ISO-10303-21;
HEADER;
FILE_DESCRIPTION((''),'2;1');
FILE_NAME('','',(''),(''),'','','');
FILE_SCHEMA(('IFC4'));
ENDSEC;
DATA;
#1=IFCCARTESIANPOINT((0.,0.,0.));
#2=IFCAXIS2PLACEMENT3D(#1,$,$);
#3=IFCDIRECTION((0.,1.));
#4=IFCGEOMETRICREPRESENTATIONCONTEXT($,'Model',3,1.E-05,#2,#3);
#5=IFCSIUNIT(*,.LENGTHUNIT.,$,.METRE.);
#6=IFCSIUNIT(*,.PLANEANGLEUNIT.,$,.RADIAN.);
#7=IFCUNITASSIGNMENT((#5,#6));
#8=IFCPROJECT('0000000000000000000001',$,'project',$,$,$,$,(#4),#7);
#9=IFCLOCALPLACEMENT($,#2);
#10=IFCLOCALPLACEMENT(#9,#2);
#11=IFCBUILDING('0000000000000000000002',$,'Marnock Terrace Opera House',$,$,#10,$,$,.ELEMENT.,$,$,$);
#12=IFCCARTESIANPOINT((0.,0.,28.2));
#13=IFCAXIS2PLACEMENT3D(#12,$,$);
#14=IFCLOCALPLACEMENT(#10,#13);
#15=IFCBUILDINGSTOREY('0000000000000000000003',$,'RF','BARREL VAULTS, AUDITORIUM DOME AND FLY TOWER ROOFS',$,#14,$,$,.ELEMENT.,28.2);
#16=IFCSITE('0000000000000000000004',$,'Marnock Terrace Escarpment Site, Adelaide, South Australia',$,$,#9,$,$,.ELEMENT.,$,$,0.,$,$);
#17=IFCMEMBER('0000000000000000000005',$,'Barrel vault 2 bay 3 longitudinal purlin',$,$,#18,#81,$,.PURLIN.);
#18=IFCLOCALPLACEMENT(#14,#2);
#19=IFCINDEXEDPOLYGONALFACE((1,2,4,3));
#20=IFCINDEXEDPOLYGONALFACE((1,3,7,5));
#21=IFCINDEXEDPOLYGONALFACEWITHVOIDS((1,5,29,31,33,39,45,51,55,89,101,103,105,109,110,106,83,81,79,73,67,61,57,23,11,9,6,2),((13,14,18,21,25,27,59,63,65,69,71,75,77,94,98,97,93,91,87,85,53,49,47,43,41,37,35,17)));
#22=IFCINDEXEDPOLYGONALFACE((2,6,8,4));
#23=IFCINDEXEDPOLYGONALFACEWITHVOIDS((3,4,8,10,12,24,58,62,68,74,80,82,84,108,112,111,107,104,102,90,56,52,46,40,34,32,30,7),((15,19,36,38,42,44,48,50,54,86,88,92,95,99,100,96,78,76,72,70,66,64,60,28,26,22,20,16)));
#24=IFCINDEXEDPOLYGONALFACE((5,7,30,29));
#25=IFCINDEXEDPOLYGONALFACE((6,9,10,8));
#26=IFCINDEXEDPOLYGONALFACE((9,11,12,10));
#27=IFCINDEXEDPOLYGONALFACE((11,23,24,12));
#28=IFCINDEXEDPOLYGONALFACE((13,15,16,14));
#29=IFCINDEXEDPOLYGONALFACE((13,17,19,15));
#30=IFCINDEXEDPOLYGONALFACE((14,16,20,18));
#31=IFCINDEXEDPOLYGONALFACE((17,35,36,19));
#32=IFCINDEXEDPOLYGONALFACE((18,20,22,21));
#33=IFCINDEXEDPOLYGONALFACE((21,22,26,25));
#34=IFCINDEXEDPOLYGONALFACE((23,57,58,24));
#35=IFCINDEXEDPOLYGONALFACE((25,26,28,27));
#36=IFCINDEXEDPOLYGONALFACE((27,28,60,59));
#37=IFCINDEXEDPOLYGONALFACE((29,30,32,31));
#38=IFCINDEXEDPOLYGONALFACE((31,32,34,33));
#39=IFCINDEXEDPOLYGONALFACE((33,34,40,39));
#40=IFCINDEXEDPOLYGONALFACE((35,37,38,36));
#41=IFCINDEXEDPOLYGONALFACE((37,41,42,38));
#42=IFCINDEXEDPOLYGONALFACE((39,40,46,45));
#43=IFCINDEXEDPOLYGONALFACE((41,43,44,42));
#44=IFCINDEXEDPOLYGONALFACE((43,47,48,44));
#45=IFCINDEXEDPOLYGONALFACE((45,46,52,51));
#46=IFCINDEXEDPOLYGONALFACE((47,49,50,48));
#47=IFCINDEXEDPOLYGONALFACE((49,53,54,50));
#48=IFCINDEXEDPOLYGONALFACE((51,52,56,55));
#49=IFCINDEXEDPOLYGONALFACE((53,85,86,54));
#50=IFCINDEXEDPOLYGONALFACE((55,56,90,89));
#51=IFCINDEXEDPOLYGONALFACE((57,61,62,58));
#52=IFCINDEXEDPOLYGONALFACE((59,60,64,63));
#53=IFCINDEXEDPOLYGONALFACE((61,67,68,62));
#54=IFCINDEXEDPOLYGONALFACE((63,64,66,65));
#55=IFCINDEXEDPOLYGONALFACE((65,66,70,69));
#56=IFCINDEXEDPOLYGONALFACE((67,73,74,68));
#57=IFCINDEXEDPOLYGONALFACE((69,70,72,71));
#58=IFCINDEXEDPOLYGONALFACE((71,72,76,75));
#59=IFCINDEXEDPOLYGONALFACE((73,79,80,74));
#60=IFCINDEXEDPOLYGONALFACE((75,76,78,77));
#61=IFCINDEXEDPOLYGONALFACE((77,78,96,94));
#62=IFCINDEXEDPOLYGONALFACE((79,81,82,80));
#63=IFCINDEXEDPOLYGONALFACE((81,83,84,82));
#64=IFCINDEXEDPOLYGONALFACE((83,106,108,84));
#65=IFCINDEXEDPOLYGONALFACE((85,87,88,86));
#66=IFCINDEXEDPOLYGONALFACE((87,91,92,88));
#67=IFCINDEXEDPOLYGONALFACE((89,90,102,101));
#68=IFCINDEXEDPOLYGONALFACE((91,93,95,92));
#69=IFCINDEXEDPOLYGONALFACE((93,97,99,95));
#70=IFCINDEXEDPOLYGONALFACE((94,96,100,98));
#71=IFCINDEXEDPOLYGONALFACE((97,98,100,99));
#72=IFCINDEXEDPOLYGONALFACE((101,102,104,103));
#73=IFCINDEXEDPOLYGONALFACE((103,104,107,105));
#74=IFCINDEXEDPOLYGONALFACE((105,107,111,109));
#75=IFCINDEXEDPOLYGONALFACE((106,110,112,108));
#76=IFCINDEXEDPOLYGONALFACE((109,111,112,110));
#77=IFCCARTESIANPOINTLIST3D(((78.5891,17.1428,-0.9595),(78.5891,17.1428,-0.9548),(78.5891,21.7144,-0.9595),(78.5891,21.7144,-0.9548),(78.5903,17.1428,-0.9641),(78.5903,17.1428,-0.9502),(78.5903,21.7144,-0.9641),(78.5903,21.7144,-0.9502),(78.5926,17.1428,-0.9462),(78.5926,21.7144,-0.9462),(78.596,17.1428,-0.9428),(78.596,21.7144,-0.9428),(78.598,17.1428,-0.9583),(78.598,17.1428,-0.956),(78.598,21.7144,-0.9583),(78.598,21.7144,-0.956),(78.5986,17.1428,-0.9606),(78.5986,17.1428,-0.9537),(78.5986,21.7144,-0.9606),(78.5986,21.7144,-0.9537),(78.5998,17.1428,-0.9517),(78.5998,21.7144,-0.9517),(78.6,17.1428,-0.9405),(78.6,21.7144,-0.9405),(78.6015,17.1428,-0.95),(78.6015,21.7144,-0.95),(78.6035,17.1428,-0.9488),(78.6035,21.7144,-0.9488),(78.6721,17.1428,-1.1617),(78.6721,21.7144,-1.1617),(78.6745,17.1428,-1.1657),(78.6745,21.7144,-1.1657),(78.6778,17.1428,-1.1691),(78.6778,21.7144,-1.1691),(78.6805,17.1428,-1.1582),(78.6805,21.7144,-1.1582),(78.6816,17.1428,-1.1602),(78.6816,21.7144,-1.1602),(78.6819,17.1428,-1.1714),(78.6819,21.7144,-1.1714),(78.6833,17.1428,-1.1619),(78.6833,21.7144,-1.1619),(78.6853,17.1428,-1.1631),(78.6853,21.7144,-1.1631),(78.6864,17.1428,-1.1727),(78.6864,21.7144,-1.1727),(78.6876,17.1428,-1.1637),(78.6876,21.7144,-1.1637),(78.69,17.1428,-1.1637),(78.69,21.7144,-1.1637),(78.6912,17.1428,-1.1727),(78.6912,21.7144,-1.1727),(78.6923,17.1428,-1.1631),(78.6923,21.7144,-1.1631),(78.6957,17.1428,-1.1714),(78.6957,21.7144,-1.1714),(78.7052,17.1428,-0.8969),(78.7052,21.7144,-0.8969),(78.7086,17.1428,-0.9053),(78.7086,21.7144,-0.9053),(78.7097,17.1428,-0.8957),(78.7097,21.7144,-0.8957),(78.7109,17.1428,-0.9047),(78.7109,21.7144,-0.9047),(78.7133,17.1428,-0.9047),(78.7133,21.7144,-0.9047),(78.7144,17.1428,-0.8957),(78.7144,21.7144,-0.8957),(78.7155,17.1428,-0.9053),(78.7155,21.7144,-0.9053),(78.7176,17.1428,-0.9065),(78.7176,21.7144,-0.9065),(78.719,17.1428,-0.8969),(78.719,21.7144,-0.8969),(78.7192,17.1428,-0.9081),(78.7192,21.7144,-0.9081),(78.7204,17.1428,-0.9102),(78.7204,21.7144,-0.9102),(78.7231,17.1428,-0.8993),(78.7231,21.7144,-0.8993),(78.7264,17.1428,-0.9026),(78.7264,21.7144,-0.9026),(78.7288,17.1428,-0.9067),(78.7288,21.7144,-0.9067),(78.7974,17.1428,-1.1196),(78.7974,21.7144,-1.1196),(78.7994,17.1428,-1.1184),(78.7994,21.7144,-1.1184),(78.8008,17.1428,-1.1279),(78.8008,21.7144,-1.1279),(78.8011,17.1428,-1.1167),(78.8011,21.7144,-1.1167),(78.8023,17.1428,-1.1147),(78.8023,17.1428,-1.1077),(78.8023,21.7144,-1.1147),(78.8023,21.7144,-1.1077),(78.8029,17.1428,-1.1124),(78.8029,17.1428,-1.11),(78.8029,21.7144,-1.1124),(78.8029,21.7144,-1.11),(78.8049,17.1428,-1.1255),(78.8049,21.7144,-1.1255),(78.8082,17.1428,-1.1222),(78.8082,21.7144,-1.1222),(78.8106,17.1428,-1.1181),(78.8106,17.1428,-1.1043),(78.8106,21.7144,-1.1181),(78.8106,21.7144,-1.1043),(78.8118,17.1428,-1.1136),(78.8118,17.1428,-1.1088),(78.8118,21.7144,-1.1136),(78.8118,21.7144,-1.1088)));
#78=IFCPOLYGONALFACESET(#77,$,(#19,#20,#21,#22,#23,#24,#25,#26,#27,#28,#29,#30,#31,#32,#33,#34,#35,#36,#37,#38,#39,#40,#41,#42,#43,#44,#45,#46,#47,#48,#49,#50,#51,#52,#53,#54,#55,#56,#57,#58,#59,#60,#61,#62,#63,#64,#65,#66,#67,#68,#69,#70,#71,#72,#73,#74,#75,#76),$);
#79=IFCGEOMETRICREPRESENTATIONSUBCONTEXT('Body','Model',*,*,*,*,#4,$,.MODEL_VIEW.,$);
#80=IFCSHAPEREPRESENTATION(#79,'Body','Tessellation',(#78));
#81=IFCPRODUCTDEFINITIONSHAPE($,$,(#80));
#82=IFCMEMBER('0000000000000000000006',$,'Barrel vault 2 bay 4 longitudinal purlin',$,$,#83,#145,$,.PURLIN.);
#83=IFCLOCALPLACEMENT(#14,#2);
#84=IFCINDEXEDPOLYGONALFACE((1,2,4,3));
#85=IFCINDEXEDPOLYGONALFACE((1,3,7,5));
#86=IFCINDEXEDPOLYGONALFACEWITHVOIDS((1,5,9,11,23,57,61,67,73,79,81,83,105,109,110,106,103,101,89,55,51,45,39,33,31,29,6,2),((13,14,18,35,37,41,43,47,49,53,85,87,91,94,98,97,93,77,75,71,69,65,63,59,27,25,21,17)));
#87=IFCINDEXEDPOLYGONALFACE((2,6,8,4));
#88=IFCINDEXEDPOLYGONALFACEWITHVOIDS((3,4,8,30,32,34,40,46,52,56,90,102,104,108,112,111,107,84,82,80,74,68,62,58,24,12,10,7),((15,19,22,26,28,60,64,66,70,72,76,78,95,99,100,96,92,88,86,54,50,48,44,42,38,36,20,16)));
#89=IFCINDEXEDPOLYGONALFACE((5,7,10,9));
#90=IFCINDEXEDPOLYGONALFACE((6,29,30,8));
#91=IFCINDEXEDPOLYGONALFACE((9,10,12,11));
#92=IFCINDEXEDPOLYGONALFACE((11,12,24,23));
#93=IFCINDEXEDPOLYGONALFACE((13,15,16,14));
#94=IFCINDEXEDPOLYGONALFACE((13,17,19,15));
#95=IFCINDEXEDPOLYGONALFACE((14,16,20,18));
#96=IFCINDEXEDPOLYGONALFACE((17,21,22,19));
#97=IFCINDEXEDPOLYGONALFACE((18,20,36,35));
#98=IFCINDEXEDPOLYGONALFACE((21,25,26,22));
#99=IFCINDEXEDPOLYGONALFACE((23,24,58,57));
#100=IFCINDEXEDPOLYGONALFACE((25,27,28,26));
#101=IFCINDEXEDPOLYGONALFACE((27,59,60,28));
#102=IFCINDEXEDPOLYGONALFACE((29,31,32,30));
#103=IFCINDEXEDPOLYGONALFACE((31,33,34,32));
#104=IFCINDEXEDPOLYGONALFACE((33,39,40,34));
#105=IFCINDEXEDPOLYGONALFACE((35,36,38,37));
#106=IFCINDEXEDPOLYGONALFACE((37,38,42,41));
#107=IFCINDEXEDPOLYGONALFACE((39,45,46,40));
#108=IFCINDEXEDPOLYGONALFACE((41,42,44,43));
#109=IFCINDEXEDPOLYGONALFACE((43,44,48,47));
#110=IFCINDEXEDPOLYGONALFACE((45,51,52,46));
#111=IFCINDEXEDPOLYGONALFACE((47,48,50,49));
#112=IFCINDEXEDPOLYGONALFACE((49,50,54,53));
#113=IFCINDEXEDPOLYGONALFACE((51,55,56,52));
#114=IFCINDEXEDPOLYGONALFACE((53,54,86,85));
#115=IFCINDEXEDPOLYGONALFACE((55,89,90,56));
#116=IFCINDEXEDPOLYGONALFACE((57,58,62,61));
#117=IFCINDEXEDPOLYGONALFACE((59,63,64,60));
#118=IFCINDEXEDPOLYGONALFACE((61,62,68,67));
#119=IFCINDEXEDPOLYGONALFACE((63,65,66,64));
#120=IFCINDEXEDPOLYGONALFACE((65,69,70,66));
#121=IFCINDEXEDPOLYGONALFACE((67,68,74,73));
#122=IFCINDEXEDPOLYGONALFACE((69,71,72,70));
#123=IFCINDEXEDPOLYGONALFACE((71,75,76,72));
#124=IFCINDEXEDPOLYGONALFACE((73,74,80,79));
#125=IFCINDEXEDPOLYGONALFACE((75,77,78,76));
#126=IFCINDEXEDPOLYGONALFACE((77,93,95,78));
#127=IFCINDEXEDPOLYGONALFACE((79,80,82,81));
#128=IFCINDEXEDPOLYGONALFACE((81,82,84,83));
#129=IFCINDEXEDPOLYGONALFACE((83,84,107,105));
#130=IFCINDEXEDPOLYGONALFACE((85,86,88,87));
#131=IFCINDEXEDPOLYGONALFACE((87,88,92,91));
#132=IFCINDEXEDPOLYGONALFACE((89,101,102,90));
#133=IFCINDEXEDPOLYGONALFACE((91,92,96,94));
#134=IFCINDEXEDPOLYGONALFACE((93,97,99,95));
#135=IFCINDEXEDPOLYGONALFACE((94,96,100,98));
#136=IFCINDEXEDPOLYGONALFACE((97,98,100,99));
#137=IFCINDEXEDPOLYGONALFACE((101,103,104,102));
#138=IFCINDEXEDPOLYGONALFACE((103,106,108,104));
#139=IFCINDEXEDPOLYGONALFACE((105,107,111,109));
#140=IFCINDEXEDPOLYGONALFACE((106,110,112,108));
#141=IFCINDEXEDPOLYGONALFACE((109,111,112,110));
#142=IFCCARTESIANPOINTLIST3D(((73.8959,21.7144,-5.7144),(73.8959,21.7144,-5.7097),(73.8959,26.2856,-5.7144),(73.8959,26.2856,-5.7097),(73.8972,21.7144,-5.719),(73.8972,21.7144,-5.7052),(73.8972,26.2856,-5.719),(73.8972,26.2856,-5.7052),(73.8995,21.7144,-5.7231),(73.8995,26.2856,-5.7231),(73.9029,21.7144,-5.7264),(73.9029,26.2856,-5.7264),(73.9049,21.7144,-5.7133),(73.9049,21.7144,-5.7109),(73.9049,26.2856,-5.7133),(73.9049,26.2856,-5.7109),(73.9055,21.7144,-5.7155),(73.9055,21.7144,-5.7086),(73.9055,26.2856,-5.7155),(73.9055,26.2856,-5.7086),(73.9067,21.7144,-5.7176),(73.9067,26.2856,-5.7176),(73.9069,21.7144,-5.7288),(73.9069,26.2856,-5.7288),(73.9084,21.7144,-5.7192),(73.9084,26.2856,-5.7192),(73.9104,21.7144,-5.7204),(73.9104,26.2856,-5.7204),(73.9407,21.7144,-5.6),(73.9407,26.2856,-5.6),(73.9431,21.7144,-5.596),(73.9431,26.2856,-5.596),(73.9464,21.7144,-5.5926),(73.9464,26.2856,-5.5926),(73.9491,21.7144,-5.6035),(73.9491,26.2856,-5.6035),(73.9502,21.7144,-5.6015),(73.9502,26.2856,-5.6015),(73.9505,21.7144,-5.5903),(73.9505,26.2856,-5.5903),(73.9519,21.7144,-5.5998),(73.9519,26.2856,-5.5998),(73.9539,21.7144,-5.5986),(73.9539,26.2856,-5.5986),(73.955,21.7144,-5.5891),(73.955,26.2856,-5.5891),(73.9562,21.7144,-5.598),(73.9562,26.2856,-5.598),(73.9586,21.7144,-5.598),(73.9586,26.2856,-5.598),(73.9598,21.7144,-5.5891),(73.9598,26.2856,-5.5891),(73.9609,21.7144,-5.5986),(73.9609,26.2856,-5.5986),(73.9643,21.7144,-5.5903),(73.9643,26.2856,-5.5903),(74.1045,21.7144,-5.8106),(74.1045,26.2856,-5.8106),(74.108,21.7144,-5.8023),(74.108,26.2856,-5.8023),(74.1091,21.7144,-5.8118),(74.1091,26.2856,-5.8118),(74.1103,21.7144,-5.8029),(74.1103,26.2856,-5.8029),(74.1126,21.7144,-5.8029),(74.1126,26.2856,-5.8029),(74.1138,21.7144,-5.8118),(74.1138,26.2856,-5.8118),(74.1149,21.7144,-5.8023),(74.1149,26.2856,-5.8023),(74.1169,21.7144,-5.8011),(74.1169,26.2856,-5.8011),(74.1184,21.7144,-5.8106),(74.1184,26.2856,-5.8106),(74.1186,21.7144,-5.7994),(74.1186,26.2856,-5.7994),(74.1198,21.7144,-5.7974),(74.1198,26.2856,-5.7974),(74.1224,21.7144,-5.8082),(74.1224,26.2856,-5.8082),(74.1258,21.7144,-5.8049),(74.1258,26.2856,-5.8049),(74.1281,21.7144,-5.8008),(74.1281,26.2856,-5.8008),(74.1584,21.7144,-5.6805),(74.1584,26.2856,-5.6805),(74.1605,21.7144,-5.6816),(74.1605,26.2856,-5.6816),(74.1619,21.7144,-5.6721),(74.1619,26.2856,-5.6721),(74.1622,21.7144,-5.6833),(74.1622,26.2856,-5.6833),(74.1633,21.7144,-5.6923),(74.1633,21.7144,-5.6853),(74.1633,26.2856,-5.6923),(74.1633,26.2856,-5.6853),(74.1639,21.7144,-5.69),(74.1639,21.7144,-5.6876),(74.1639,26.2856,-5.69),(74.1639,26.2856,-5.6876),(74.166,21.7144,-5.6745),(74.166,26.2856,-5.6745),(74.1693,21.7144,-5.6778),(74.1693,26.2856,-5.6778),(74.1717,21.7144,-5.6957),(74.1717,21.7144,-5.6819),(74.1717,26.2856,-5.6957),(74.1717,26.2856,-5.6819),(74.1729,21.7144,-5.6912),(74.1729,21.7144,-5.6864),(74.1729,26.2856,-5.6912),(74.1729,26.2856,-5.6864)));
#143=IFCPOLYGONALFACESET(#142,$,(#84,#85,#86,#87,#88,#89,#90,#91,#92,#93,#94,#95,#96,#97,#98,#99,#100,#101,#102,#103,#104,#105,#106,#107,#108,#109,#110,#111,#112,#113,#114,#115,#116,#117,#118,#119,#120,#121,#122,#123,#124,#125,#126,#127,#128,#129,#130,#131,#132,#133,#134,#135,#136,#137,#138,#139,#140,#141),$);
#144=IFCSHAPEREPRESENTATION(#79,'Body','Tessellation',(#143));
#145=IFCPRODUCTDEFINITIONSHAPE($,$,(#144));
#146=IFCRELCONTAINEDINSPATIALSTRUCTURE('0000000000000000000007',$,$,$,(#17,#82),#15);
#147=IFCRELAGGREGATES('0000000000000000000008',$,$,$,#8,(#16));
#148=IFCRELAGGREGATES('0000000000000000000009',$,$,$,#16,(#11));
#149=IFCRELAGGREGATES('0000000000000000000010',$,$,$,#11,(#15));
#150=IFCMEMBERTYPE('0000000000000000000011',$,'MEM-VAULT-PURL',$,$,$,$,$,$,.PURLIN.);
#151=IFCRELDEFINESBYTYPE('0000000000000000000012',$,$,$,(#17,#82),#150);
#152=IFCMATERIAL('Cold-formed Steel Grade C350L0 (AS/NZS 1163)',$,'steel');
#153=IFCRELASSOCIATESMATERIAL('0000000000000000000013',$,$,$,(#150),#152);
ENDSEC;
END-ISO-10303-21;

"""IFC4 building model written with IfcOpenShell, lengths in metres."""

from ifc_helpers import new_model, si_unit, direction, frame, origin, origin_2d, place, context, subcontext, project, spatial, hollow_rectangle, extrude, material, material_profile, profile_set, type_object, element, save


model = new_model("IFC4")

# Units and contexts
model_context = context("Model", 3, precision=1e-05, world=origin(), true_north=direction((0.0, 1.0)))
body_context = subcontext(model_context, "Body", "Model", "MODEL_VIEW")
ifc_project = project(units=[si_unit("LENGTHUNIT", "METRE"), si_unit("PLANEANGLEUNIT", "RADIAN")], contexts=[model_context])

# Site, building, storey
site_placement = place(None, origin())
site = spatial("IfcSite", under=ifc_project, at=site_placement, Name="Marnock Terrace Escarpment Site, Adelaide, South Australia", CompositionType="ELEMENT", RefElevation=0.0)
building_placement = place(site_placement, origin())
building = spatial("IfcBuilding", under=site, at=building_placement, Name="Marnock Terrace Opera House", CompositionType="ELEMENT")
storey_placement = place(building_placement, frame((0.0, 0.0, 28.2)))
storey = spatial("IfcBuildingStorey", under=building, at=storey_placement, Name="RF", Description="BARREL VAULTS, AUDITORIUM DOME AND FLY TOWER ROOFS", CompositionType="ELEMENT", Elevation=28.2)

# Members
ifc_material = material(Name="Cold-formed Steel Grade C350L0 (AS/NZS 1163)", Category="steel")
ifc_material_profile_1 = material_profile(ifc_material, hollow_rectangle(XDim=0.1499, YDim=0.25, WallThickness=0.009, InnerFilletRadius=0.009, OuterFilletRadius=0.0181, at=origin_2d()))
ifc_profile_set_1 = profile_set([ifc_material_profile_1], Name="Cold-formed Steel Grade C350L0 (AS/NZS 1163)")
member_type_1 = type_object("IfcMemberType", Name="MEM-VAULT-PURL", PredefinedType="PURLIN", material=ifc_profile_set_1)
for number, where, z_axis, x_axis, name in (
    (1, (78.7004, 17.1428, -1.0342), (0.0, 1.0, 0.0), (-0.92388, 0.0, -0.382683), "Barrel vault 2 bay 3 longitudinal purlin"),
):
    element("IfcMember", number, at=place(storey_placement, frame(where, z_axis=z_axis, x_axis=x_axis)), inside=storey, type_object=member_type_1, Name=name, PredefinedType="PURLIN", context=body_context, shape_type="SweptSolid", body=[
        extrude(hollow_rectangle(XDim=0.1499, YDim=0.25, WallThickness=0.009, InnerFilletRadius=0.009, OuterFilletRadius=0.0181, at=origin_2d()), origin(), (0.0, 0.0, 1.0), 4.5715),
    ])
for number, where, z_axis, x_axis, name in (
    (2, (74.0344, 21.7144, -5.7004), (0.0, 1.0, 0.0), (-0.382683, 0.0, -0.92388), "Barrel vault 2 bay 4 longitudinal purlin"),
):
    element("IfcMember", number, at=place(storey_placement, frame(where, z_axis=z_axis, x_axis=x_axis)), inside=storey, type_object=member_type_1, Name=name, PredefinedType="PURLIN", context=body_context, shape_type="SweptSolid", body=[
        extrude(hollow_rectangle(XDim=0.1499, YDim=0.25, WallThickness=0.009, InnerFilletRadius=0.009, OuterFilletRadius=0.0181, at=origin_2d()), origin(), (0.0, 0.0, 1.0), 4.5713),
    ])

save(model, "model.ifc")
